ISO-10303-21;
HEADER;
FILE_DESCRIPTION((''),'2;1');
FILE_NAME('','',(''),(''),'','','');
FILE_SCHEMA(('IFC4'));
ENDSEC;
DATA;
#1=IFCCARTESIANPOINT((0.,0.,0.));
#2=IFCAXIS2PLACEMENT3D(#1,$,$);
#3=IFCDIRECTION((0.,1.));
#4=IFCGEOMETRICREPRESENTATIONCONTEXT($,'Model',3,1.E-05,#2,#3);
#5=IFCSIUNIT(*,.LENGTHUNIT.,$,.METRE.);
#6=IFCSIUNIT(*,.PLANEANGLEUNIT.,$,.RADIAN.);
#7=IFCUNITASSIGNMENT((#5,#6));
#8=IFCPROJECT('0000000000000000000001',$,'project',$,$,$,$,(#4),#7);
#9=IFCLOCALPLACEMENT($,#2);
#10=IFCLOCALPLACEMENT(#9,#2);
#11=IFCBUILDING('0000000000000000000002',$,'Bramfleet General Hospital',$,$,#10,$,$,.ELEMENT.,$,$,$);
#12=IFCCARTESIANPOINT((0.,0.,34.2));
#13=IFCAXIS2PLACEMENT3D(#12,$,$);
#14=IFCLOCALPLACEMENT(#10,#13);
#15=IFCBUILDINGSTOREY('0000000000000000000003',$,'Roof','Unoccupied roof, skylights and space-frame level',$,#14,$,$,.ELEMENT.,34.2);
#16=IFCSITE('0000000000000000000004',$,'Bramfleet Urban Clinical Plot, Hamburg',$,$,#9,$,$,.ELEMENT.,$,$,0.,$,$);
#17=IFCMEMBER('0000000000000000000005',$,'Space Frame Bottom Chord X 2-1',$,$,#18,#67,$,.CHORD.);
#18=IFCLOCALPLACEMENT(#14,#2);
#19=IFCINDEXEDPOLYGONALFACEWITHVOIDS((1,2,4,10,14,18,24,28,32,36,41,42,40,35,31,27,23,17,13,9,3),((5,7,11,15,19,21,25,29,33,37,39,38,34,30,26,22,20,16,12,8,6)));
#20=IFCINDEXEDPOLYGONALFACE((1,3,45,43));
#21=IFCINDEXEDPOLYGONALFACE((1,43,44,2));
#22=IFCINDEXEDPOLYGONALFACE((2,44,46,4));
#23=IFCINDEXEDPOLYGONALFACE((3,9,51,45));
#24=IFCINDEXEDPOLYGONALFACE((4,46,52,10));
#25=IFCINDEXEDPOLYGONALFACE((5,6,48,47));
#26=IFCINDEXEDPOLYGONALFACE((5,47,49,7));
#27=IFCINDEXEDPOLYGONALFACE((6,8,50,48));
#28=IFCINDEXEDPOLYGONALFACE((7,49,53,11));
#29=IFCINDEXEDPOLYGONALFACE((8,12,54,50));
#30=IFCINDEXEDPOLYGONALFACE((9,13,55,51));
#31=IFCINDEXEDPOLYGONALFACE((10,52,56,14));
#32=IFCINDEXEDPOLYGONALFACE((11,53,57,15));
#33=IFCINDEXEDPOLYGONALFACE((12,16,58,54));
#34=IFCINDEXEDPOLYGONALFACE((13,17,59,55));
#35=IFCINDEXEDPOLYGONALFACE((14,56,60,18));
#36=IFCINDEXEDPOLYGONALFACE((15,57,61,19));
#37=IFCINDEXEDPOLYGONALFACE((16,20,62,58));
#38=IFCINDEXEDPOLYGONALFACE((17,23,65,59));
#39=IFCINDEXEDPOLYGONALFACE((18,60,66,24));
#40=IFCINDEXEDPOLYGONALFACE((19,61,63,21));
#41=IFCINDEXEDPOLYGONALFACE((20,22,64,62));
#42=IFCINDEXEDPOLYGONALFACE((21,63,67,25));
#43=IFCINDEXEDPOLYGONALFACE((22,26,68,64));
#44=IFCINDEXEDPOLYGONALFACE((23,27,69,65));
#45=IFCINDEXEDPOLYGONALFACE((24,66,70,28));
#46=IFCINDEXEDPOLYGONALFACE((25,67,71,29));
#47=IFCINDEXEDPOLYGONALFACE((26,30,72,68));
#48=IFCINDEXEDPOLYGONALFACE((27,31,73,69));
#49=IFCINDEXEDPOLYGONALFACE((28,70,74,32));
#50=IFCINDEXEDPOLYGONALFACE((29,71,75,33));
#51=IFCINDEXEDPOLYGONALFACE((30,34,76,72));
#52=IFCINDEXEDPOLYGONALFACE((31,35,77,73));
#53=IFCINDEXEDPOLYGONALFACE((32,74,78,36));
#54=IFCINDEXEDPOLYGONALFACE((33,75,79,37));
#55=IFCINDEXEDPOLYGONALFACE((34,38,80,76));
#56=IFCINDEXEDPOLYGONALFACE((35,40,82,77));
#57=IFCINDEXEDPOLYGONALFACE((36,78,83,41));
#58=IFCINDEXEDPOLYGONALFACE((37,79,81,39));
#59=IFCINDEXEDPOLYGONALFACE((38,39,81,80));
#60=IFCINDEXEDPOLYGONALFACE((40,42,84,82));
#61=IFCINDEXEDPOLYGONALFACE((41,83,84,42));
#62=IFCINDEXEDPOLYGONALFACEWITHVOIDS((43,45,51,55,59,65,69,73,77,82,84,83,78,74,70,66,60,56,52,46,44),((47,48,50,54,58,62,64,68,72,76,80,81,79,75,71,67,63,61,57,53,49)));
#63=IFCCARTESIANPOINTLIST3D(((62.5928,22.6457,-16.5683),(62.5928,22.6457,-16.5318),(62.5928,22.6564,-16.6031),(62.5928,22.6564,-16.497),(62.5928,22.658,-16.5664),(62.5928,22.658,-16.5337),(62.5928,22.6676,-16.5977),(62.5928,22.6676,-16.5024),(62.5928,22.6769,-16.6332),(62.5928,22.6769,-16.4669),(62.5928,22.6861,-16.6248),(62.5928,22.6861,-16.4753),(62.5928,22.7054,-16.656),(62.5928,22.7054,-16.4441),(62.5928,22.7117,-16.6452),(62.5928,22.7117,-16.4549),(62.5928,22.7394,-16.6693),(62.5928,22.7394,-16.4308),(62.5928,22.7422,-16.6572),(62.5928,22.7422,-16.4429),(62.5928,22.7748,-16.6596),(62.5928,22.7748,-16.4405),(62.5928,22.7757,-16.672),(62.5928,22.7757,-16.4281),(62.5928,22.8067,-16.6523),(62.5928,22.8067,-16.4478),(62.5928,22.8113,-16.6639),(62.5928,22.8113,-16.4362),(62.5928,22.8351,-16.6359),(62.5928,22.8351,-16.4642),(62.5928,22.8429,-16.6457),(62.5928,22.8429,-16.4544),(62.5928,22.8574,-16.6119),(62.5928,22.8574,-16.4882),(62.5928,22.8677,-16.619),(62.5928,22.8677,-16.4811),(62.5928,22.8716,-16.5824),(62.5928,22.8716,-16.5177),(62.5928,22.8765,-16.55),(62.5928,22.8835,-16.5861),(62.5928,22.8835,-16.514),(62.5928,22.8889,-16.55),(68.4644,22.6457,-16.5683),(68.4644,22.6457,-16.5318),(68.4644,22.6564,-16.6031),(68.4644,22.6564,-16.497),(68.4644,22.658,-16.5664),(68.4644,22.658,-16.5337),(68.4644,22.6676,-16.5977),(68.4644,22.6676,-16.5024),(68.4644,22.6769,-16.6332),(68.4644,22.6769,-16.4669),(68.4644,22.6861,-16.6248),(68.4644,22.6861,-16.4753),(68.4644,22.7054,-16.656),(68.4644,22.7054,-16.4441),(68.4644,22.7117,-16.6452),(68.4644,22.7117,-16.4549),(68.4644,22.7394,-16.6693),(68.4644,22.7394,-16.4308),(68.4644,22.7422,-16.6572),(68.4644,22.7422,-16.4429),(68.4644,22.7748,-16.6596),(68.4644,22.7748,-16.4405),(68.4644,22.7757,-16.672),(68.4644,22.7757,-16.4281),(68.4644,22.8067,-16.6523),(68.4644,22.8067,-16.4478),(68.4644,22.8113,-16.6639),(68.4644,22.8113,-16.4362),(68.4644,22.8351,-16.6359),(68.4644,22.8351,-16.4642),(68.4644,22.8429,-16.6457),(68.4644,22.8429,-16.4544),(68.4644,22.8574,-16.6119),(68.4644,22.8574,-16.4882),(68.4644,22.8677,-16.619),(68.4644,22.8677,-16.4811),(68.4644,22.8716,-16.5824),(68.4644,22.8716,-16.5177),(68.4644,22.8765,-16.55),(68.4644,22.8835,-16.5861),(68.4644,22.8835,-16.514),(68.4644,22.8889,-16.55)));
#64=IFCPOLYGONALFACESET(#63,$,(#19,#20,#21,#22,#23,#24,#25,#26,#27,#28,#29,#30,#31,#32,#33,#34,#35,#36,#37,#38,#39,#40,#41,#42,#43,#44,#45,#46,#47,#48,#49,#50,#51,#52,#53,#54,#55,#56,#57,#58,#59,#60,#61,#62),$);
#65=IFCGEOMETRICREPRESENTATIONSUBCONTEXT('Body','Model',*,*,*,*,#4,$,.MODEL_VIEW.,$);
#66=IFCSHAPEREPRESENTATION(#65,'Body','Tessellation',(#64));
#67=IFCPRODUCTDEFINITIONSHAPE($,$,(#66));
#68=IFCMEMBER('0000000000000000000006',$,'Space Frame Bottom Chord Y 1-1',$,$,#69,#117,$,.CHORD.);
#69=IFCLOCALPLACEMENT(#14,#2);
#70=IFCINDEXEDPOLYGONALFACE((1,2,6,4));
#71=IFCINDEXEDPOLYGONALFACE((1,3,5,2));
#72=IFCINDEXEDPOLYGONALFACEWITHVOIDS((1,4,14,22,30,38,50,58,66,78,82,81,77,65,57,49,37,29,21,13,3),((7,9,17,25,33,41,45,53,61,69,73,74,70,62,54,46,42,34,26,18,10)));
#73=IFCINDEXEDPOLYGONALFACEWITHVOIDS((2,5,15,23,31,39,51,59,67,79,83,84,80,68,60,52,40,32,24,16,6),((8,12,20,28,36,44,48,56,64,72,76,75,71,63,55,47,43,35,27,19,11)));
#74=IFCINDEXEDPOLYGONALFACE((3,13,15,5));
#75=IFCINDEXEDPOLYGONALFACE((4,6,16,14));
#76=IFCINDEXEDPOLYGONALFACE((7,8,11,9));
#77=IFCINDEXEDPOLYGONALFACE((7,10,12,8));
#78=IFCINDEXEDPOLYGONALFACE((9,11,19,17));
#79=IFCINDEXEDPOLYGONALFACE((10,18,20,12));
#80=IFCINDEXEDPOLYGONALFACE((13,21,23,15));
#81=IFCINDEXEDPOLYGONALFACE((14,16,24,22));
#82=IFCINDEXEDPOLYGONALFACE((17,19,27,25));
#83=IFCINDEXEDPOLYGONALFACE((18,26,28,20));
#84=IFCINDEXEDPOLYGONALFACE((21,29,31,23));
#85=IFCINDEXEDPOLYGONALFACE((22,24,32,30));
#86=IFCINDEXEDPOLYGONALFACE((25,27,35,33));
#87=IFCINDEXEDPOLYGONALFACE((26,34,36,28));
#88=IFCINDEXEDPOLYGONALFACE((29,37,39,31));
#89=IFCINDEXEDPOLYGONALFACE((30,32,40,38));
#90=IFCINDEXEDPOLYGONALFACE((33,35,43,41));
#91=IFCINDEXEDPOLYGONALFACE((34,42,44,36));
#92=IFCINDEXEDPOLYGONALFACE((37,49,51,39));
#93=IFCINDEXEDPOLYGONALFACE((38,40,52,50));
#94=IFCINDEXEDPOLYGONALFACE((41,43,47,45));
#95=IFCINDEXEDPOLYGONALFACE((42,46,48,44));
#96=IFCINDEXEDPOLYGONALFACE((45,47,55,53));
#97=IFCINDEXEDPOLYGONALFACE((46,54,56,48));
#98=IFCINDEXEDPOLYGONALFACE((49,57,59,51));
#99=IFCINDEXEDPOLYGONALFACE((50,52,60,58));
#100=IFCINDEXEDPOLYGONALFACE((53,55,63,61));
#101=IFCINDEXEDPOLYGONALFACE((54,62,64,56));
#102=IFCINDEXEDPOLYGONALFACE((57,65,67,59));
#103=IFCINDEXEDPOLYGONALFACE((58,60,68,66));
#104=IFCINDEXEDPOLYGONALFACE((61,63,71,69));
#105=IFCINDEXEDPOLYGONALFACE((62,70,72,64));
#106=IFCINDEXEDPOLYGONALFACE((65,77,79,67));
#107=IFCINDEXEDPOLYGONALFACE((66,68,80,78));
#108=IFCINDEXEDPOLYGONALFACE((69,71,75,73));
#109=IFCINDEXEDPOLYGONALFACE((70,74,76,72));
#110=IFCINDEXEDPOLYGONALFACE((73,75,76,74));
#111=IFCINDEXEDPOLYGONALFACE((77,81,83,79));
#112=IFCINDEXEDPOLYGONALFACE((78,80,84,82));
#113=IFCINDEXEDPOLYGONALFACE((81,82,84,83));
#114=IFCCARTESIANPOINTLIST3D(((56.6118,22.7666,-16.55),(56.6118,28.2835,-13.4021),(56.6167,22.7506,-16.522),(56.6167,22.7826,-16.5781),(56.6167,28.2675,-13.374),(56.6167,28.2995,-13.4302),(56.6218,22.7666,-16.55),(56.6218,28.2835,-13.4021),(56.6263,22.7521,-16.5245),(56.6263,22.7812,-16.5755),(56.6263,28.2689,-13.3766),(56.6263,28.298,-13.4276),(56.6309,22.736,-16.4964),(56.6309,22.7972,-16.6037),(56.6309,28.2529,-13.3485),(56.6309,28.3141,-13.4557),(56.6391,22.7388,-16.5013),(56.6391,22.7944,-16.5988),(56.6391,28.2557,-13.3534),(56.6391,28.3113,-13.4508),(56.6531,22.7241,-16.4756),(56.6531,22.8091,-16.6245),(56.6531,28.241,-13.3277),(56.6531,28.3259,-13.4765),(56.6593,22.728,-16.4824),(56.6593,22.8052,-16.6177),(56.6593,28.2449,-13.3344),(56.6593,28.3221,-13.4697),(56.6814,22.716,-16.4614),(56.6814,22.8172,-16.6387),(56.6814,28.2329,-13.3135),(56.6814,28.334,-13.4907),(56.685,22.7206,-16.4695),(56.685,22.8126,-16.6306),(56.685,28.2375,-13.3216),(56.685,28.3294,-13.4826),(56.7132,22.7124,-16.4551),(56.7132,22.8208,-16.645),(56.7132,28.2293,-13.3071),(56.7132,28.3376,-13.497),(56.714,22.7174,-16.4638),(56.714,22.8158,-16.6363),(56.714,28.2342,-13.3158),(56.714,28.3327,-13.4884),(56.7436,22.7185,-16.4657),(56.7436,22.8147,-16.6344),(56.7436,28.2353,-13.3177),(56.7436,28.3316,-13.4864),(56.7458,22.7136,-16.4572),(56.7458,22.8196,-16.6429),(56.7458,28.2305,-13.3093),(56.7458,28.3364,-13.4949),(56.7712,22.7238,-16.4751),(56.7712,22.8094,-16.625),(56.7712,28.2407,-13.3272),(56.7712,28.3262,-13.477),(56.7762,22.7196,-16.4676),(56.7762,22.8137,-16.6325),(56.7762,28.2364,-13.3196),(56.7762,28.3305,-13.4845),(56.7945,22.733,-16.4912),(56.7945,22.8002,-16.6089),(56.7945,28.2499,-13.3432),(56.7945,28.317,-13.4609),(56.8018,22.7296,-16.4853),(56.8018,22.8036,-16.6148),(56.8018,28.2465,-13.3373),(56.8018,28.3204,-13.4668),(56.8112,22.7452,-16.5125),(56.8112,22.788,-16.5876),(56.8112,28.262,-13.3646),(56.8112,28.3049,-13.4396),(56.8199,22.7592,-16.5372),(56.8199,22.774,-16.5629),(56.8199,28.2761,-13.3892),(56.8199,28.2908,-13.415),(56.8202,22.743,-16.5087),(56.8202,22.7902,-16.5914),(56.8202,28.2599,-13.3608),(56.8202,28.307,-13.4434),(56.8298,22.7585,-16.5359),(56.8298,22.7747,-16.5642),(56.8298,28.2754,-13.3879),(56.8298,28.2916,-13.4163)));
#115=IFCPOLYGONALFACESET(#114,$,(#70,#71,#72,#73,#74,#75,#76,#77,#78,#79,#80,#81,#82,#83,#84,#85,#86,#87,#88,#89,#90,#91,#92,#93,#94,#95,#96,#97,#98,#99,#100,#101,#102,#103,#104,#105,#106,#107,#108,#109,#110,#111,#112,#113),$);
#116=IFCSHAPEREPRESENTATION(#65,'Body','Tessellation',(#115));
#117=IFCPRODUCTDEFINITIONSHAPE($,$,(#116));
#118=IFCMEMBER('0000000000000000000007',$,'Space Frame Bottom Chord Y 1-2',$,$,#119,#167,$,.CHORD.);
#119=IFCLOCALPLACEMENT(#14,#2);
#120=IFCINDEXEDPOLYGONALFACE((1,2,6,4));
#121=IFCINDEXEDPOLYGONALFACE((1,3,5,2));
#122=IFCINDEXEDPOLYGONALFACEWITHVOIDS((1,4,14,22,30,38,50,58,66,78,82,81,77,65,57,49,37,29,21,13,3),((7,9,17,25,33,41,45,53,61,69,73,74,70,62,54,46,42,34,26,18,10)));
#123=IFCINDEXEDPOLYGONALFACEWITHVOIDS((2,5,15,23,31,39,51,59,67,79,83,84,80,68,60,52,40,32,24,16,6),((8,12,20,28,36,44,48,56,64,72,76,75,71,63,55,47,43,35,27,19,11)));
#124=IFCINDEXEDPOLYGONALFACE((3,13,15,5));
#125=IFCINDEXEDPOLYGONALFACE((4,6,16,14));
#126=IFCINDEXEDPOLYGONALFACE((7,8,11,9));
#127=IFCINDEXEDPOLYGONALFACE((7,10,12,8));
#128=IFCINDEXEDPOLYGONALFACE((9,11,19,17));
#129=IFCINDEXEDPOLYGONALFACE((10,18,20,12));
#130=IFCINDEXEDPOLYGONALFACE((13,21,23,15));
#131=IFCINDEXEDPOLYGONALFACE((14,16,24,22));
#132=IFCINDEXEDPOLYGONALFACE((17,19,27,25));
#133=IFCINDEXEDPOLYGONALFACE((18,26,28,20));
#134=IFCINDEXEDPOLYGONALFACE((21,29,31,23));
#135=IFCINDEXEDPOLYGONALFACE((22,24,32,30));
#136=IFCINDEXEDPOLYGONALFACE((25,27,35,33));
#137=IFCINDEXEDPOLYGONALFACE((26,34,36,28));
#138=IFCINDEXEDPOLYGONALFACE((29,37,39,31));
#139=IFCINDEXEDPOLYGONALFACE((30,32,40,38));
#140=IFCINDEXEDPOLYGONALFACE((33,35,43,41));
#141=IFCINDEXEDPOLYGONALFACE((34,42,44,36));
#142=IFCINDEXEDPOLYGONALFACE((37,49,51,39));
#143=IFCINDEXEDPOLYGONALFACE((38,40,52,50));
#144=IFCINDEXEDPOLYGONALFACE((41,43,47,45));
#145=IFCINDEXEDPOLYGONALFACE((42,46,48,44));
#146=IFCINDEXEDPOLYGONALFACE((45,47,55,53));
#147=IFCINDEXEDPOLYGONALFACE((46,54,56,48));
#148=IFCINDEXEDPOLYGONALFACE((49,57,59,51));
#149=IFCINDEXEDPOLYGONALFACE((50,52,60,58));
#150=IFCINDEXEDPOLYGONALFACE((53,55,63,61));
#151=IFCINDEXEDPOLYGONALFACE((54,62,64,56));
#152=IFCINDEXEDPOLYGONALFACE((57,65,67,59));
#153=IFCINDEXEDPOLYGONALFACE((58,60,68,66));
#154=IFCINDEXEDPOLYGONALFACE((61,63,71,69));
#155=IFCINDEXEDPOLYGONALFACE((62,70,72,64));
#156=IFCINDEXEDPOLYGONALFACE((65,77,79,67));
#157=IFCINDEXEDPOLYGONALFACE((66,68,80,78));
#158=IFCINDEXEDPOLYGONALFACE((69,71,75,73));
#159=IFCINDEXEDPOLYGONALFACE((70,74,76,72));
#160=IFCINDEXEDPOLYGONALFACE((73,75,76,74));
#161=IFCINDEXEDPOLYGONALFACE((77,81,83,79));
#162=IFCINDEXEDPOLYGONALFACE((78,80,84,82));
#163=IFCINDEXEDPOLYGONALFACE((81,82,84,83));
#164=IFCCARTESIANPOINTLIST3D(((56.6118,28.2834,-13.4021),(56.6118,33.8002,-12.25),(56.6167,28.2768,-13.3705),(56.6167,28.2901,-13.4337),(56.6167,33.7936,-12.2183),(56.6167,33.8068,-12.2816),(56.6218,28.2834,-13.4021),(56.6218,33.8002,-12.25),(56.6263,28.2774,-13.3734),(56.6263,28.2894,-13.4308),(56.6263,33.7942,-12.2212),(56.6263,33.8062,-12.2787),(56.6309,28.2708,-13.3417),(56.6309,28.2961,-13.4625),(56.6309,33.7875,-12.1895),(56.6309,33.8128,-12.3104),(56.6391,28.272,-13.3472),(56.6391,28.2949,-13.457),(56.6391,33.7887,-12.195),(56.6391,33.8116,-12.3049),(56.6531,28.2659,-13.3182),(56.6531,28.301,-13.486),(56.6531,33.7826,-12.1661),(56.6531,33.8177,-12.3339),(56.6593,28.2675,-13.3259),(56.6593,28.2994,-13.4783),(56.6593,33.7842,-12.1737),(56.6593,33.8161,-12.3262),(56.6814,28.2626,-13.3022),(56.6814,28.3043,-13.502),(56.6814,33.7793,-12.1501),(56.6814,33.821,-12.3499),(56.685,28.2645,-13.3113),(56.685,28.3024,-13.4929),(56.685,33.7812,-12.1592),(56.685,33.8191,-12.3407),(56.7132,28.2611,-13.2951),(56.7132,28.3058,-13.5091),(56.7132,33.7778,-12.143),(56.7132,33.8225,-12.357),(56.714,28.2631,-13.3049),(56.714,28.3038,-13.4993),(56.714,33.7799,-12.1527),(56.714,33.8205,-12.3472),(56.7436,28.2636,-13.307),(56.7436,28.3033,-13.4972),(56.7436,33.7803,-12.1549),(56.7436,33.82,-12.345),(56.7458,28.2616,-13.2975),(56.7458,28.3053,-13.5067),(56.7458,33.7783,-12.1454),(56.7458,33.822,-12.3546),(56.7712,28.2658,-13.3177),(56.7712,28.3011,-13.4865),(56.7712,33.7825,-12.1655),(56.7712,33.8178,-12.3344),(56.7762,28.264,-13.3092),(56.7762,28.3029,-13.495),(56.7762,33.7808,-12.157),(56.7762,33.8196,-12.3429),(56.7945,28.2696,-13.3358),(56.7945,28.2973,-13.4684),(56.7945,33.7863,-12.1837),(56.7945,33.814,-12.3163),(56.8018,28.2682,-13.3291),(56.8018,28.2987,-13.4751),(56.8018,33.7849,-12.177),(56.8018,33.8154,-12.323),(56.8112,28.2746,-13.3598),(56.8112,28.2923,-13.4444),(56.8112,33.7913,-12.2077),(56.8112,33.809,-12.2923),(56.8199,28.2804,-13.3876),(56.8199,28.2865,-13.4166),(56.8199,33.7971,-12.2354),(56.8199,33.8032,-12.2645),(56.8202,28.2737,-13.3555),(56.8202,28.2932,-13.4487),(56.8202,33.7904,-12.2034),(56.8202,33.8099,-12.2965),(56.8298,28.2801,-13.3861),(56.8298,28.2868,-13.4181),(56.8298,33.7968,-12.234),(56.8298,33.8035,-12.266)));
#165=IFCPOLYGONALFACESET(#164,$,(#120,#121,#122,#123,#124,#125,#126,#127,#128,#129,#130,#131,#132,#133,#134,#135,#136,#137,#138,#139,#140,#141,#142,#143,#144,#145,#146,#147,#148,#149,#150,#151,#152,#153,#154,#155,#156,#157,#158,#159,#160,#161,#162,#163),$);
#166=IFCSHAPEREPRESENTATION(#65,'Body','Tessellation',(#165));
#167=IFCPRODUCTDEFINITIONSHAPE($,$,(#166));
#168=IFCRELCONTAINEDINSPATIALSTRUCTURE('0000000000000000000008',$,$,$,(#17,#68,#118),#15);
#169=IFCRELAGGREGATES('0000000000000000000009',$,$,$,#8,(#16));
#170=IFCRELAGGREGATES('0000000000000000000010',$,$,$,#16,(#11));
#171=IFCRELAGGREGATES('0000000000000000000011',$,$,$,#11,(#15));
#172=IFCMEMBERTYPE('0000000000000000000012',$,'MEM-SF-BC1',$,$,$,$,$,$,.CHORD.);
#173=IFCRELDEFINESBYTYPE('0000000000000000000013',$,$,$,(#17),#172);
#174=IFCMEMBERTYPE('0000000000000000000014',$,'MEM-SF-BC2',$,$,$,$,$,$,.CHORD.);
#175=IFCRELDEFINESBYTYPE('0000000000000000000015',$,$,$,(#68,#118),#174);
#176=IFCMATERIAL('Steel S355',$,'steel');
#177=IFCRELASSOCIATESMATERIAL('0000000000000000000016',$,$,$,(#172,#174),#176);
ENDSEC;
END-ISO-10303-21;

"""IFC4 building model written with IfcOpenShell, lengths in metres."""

from ifc_helpers import new_model, si_unit, direction, frame, origin, origin_2d, place, context, subcontext, project, spatial, hollow_circle, extrude, material, material_profile, profile_set, type_object, element, save


model = new_model("IFC4")

# Units and contexts
model_context = context("Model", 3, precision=1e-05, world=origin(), true_north=direction((0.0, 1.0)))
body_context = subcontext(model_context, "Body", "Model", "MODEL_VIEW")
ifc_project = project(units=[si_unit("LENGTHUNIT", "METRE"), si_unit("PLANEANGLEUNIT", "RADIAN")], contexts=[model_context])

# Site, building, storey
site_placement = place(None, origin())
site = spatial("IfcSite", under=ifc_project, at=site_placement, Name="Bramfleet Urban Clinical Plot, Hamburg", CompositionType="ELEMENT", RefElevation=0.0)
building_placement = place(site_placement, origin())
building = spatial("IfcBuilding", under=site, at=building_placement, Name="Bramfleet General Hospital", CompositionType="ELEMENT")
storey_placement = place(building_placement, frame((0.0, 0.0, 34.2)))
storey = spatial("IfcBuildingStorey", under=building, at=storey_placement, Name="Roof", Description="Unoccupied roof, skylights and space-frame level", CompositionType="ELEMENT", Elevation=34.2)

# Members
ifc_material = material(Name="Steel S355", Category="steel")
ifc_material_profile_1 = material_profile(ifc_material, hollow_circle(Radius=0.1223, WallThickness=0.0125, at=origin_2d()), Name="CHS 244.5x12.5")
ifc_profile_set_1 = profile_set([ifc_material_profile_1], Name="Steel S355")
member_type_1 = type_object("IfcMemberType", Name="MEM-SF-BC1", PredefinedType="CHORD", material=ifc_profile_set_1)
member_1_placement = place(storey_placement, frame((62.5928, 22.7666, -16.55), z_axis=(1.0, 0.0, 0.0), x_axis=(0.0, 1.0, 0.0)))
element("IfcMember", 1, at=member_1_placement, inside=storey, type_object=member_type_1, Name="Space Frame Bottom Chord X 2-1", PredefinedType="CHORD", context=body_context, shape_type="SweptSolid", body=[
    extrude(hollow_circle(Radius=0.1223, WallThickness=0.0125, at=origin_2d()), origin(), (0.0, 0.0, 1.0), 5.8716),
])
ifc_material_profile_2 = material_profile(ifc_material, hollow_circle(Radius=0.1096, WallThickness=0.01, at=origin_2d()), Name="CHS 219.1x10.0")
ifc_profile_set_2 = profile_set([ifc_material_profile_2], Name="Steel S355")
member_type_2 = type_object("IfcMemberType", Name="MEM-SF-BC2", PredefinedType="CHORD", material=ifc_profile_set_2)
member_2_placement = place(storey_placement, frame((56.7214, 22.7666, -16.55), z_axis=(0.0, 0.86855, 0.495601), x_axis=(-1.0, 0.0, 0.0)))
element("IfcMember", 2, at=member_2_placement, inside=storey, type_object=member_type_2, Name="Space Frame Bottom Chord Y 1-1", PredefinedType="CHORD", context=body_context, shape_type="SweptSolid", body=[
    extrude(hollow_circle(Radius=0.1096, WallThickness=0.01, at=origin_2d()), origin(), (0.0, 0.0, 1.0), 6.3518),
])
for number, where, z_axis, x_axis, name in (
    (3, (56.7214, 28.2834, -13.4021), (0.0, 0.978881, 0.204432), (-1.0, 0.0, 0.0), "Space Frame Bottom Chord Y 1-2"),
):
    element("IfcMember", number, at=place(storey_placement, frame(where, z_axis=z_axis, x_axis=x_axis)), inside=storey, type_object=member_type_2, Name=name, PredefinedType="CHORD", context=body_context, shape_type="SweptSolid", body=[
        extrude(hollow_circle(Radius=0.1096, WallThickness=0.01, at=origin_2d()), origin(), (0.0, 0.0, 1.0), 5.6357),
    ])

save(model, "model.ifc")
